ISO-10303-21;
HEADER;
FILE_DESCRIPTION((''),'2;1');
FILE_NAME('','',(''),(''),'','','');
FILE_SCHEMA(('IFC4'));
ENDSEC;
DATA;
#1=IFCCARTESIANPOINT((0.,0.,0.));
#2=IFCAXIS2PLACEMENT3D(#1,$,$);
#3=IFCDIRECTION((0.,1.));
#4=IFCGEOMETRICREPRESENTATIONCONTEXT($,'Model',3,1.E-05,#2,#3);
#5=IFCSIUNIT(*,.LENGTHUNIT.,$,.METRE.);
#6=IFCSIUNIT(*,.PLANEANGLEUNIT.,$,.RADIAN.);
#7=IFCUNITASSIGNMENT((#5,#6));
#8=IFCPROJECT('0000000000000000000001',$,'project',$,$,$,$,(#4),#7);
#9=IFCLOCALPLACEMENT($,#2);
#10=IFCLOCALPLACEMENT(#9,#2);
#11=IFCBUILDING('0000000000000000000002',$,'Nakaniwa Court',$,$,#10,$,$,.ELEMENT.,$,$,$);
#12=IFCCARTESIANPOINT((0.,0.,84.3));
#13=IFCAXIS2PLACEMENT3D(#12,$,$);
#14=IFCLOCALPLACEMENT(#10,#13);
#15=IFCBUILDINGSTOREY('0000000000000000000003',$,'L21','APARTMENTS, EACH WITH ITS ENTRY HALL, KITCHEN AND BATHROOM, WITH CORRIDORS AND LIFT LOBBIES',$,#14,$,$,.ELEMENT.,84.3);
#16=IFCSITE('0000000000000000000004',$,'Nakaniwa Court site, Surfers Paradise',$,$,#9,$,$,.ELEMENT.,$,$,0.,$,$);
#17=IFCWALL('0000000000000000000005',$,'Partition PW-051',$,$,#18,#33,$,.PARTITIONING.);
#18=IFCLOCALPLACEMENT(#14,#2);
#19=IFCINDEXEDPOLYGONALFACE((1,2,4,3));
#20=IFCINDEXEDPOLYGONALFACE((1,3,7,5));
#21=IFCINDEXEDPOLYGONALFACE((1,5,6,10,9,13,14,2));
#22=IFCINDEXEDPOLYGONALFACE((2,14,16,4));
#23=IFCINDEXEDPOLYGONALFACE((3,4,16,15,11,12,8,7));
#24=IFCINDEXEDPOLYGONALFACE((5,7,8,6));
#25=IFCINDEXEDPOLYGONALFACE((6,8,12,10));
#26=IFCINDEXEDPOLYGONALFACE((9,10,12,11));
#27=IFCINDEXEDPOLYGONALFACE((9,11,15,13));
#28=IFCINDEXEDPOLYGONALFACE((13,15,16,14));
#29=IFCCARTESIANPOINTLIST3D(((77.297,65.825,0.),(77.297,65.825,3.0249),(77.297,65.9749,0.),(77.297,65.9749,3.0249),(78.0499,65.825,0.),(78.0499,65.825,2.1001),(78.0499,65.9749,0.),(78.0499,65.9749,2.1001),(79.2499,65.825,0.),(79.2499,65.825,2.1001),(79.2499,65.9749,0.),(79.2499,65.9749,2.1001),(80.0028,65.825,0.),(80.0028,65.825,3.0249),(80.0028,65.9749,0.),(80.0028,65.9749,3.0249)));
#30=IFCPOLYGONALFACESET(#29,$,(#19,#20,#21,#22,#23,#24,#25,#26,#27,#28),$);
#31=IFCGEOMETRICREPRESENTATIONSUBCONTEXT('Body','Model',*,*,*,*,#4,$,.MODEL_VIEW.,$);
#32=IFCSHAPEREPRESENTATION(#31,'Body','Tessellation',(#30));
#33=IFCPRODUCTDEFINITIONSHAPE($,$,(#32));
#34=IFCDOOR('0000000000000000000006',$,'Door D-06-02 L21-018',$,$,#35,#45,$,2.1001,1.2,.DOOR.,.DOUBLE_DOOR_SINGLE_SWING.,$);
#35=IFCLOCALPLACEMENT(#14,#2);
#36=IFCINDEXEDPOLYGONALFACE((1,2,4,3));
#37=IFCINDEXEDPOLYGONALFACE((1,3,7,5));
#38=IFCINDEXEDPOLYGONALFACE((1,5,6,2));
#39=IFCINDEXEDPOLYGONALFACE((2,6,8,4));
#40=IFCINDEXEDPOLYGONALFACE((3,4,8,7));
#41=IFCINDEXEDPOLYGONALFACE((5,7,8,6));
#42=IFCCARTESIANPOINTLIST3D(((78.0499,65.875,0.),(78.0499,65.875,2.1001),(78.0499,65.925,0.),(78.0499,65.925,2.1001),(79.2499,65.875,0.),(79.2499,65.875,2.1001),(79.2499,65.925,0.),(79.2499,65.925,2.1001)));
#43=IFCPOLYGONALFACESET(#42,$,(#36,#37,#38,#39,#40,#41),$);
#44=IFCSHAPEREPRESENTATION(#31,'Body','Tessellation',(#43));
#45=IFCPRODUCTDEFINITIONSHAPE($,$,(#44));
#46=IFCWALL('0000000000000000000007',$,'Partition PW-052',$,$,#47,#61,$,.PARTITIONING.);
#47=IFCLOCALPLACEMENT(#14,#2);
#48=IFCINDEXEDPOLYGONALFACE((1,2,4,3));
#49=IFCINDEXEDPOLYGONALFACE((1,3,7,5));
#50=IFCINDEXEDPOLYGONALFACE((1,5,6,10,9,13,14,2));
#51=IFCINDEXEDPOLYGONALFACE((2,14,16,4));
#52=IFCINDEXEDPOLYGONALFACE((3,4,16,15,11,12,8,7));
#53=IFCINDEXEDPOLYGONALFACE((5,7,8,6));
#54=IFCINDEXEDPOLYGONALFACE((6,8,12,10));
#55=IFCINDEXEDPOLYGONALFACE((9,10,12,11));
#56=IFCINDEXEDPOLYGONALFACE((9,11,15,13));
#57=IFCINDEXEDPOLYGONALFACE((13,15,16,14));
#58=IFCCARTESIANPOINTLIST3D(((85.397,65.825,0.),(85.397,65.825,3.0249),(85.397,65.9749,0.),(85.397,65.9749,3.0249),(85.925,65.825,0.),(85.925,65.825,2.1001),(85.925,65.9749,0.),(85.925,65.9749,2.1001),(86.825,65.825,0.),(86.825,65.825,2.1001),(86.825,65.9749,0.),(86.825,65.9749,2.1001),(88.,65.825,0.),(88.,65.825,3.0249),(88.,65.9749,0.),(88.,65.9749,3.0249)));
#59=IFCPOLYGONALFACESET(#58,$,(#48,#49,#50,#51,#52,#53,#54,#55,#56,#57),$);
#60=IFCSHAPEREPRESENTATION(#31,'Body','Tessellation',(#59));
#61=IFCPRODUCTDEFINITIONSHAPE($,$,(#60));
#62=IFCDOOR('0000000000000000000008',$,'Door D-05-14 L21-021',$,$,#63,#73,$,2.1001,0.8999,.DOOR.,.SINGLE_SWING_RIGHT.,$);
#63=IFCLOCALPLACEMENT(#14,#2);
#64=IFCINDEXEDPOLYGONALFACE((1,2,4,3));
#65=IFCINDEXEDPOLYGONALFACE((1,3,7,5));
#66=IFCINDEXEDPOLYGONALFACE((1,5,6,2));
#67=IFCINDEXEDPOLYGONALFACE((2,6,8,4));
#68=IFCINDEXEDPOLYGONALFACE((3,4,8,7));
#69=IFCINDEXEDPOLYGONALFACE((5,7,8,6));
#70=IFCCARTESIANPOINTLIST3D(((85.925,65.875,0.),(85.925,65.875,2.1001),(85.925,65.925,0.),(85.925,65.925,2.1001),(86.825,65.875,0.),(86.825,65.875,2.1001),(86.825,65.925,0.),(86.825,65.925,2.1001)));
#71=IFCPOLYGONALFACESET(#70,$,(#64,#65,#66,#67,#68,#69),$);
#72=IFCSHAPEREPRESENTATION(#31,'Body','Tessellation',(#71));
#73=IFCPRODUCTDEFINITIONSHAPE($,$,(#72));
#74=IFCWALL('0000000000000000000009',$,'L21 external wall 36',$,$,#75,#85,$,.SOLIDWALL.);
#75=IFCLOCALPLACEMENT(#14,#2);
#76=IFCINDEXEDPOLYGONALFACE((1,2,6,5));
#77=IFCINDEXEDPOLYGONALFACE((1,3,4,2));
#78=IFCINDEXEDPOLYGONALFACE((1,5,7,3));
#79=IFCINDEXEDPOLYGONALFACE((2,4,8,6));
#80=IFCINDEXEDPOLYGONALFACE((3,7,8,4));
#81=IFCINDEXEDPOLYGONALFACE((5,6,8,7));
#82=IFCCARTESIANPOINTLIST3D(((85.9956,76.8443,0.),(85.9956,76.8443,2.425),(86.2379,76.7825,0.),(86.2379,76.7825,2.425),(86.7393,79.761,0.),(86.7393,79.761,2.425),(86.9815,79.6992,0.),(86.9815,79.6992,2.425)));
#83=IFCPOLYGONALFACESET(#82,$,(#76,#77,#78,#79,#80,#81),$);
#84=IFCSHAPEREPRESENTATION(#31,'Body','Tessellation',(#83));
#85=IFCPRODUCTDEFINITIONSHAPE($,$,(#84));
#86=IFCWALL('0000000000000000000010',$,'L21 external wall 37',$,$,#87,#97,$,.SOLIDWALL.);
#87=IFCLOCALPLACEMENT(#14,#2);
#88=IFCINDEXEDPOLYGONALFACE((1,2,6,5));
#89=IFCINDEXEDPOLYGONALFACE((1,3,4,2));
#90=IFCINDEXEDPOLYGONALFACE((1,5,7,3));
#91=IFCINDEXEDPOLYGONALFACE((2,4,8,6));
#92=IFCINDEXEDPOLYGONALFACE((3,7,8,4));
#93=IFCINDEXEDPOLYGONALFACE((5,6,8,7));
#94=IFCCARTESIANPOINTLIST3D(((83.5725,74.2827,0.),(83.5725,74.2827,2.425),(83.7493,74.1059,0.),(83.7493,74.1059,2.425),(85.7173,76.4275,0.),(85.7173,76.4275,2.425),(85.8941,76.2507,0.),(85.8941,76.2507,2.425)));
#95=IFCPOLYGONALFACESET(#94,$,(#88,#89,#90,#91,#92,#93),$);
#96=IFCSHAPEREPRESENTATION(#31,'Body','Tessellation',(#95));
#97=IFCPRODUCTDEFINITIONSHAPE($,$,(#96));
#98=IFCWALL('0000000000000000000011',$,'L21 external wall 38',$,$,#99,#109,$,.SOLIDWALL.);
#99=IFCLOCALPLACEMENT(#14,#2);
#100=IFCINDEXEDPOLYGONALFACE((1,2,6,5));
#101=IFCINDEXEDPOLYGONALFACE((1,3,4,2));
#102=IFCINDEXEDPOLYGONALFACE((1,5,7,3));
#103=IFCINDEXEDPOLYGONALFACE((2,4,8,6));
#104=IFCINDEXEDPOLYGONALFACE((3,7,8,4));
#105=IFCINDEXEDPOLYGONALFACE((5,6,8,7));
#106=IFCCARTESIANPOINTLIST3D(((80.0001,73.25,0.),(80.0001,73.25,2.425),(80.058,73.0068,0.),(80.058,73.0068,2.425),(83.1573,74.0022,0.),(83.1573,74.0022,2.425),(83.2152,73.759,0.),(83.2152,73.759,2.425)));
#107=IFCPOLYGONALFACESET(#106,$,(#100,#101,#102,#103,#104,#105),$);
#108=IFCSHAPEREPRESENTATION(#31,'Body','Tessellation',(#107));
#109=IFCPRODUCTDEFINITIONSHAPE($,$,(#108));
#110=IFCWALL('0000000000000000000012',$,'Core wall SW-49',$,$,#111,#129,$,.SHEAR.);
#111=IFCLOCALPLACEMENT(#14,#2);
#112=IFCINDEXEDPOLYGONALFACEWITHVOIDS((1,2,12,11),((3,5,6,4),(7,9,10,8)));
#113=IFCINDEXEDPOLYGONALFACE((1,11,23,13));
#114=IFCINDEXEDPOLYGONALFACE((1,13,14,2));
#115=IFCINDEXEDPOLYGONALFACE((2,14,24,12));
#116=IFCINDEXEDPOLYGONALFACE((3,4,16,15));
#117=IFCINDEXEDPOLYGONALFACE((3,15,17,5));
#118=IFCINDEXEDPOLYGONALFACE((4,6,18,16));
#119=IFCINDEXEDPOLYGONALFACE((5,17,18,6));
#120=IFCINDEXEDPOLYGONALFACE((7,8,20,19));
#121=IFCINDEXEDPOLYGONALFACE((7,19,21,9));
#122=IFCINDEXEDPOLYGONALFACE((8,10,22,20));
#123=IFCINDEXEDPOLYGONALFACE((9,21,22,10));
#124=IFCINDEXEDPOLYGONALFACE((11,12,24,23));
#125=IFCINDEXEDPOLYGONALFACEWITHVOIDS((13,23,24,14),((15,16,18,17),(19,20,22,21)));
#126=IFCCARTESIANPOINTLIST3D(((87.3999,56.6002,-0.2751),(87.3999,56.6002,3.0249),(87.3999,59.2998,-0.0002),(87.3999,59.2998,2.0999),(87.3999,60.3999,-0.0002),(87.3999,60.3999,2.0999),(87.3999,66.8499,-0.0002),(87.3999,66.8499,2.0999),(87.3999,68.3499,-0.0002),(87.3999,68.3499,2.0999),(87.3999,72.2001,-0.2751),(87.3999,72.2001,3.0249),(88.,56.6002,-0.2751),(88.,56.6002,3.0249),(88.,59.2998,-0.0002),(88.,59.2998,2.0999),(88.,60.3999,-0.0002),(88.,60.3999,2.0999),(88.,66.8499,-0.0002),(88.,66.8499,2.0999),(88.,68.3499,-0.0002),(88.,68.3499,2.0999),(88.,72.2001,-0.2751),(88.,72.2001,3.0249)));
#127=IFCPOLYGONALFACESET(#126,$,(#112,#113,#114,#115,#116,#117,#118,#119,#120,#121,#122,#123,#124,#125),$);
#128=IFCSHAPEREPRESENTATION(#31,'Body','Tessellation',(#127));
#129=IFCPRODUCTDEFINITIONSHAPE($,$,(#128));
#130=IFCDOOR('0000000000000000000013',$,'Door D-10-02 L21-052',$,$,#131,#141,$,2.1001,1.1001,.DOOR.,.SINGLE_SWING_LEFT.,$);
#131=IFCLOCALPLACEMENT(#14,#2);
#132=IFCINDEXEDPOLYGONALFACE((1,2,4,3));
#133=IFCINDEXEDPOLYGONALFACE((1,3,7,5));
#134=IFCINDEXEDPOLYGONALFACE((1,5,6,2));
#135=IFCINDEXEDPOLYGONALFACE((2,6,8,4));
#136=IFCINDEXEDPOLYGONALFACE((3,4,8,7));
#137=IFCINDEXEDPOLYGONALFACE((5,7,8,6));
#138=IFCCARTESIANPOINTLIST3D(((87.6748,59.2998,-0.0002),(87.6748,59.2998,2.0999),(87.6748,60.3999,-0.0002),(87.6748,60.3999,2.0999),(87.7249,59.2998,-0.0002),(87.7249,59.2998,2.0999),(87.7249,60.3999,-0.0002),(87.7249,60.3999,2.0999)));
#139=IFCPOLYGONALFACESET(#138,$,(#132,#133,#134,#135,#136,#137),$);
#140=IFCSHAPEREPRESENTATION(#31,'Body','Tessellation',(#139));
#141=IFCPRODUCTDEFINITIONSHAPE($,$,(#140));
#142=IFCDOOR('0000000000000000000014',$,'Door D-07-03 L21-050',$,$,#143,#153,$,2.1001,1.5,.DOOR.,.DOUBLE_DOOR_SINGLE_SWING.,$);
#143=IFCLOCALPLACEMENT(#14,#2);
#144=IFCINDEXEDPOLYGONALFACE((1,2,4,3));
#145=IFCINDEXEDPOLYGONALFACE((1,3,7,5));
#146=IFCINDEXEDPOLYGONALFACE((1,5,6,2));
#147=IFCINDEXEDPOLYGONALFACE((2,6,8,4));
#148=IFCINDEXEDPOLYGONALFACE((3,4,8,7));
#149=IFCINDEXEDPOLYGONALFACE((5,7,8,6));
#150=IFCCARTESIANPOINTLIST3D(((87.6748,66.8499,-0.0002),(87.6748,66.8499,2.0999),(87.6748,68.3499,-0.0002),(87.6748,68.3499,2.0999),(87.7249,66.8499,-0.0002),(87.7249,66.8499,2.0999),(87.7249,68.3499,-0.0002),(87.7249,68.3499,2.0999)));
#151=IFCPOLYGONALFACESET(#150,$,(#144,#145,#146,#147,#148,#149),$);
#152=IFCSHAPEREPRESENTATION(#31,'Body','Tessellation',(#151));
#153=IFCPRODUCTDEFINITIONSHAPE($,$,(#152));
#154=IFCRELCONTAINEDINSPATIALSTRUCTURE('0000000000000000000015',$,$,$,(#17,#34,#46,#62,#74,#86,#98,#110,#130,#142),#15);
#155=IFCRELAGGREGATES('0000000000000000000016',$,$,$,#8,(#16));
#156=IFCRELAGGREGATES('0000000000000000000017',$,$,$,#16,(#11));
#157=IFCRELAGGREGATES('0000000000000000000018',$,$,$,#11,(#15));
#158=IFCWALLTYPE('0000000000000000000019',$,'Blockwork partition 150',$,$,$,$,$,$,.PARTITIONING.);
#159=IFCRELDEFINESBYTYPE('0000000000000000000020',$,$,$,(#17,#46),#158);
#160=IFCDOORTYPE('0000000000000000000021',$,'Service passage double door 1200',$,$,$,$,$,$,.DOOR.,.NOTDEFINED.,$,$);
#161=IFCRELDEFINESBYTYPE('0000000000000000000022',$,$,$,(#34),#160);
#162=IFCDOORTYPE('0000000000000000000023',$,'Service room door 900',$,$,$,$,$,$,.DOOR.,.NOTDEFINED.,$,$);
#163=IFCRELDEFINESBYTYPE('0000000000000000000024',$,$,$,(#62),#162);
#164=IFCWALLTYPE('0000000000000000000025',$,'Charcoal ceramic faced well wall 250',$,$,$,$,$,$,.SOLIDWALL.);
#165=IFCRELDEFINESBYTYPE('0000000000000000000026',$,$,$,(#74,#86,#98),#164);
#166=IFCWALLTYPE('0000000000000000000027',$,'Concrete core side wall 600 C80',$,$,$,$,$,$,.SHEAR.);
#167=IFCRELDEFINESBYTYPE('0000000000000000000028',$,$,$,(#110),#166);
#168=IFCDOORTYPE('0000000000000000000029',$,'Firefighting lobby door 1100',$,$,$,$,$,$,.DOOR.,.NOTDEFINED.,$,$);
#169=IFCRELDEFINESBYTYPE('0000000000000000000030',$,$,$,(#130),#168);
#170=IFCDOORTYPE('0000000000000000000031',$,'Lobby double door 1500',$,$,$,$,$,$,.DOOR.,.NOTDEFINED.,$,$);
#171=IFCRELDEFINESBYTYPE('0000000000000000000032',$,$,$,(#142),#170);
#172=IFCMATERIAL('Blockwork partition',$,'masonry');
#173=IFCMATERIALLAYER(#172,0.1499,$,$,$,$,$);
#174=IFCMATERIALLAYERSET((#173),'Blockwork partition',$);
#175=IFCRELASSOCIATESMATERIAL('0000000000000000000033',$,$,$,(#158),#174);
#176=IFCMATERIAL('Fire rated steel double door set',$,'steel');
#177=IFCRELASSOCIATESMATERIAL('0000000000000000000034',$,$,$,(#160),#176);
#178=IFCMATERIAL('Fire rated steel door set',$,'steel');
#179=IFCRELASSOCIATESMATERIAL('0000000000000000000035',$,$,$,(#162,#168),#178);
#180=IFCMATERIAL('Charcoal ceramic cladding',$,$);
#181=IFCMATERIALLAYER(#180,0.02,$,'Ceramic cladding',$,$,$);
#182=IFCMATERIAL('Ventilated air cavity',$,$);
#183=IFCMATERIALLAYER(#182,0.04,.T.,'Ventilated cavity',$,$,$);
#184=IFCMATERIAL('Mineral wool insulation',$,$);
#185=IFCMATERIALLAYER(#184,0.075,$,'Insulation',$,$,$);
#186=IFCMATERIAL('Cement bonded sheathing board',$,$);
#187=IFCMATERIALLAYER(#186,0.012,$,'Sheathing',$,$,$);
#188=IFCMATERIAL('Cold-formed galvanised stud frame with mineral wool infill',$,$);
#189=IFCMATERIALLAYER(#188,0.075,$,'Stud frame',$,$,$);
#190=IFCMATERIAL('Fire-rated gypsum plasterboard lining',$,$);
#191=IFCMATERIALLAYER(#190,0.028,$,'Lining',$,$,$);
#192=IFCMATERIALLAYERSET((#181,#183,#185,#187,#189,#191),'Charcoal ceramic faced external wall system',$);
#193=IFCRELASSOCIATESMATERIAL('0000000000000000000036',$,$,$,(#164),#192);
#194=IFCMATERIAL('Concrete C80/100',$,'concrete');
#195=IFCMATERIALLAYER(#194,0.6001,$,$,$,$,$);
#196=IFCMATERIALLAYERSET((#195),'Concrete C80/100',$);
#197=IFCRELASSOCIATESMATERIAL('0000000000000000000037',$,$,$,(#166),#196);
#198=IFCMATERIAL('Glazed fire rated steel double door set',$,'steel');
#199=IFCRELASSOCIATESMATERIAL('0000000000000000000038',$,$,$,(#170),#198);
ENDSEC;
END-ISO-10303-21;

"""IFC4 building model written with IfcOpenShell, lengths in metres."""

from ifc_helpers import new_model, si_unit, direction, frame, frame_2d, origin, place, context, subcontext, project, spatial, rectangle, extrude, material, layer, layer_set, type_object, element, fill, save


model = new_model("IFC4")

# Units and contexts
model_context = context("Model", 3, precision=1e-05, world=origin(), true_north=direction((0.0, 1.0)))
body_context = subcontext(model_context, "Body", "Model", "MODEL_VIEW")
ifc_project = project(units=[si_unit("LENGTHUNIT", "METRE"), si_unit("PLANEANGLEUNIT", "RADIAN")], contexts=[model_context])

# Site, building, storey
site_placement = place(None, origin())
site = spatial("IfcSite", under=ifc_project, at=site_placement, Name="Nakaniwa Court site, Surfers Paradise", CompositionType="ELEMENT", RefElevation=0.0)
building_placement = place(site_placement, origin())
building = spatial("IfcBuilding", under=site, at=building_placement, Name="Nakaniwa Court", CompositionType="ELEMENT")
storey_placement = place(building_placement, frame((0.0, 0.0, 84.3)))
storey = spatial("IfcBuildingStorey", under=building, at=storey_placement, Name="L21", Description="APARTMENTS, EACH WITH ITS ENTRY HALL, KITCHEN AND BATHROOM, WITH CORRIDORS AND LIFT LOBBIES", CompositionType="ELEMENT", Elevation=84.3)

# Shared definitions
ifc_material_1 = material(Name="Concrete C80/100", Category="concrete")

# Walls, openings, doors
ifc_material_2 = material(Name="Blockwork partition", Category="masonry")
ifc_layer_1 = layer(ifc_material_2, 0.1499)
ifc_layer_set_1 = layer_set([ifc_layer_1], Name="Blockwork partition")
wall_type_1 = type_object("IfcWallType", Name="Blockwork partition 150", PredefinedType="PARTITIONING", material=ifc_layer_set_1)
wall_1_placement = place(storey_placement, frame((80.0029, 65.8999, 0.0), z_axis=(0.0, 0.0, 1.0), x_axis=(-1.0, 0.0, 0.0)))
wall_1 = element("IfcWall", 1, at=wall_1_placement, inside=storey, type_object=wall_type_1, Name="Partition PW-051", PredefinedType="PARTITIONING", context=body_context, shape_type="SweptSolid", body=[
    extrude(rectangle(XDim=2.7058, YDim=0.1499, at=frame_2d((1.353, 0.0))), origin(), (0.0, 0.0, 1.0), 3.0249),
])
opening_1_placement = place(wall_1_placement, frame((0.7529, 0.0, 0.0)))
opening_1 = element("IfcOpeningElement", 2, at=opening_1_placement, cuts=wall_1, PredefinedType="OPENING", context=body_context, shape_type="SweptSolid", body=[
    extrude(rectangle(XDim=1.2, YDim=2.1001, at=frame_2d((0.6001, 1.05))), frame((0.0, 0.085, 0.0), z_axis=(0.0, -1.0, 0.0), x_axis=(1.0, 0.0, 0.0)), (0.0, 0.0, 1.0), 0.1699),
])
ifc_material_3 = material(Name="Fire rated steel double door set", Category="steel")
door_type_1 = type_object("IfcDoorType", Name="Service passage double door 1200", OperationType="NOTDEFINED", PredefinedType="DOOR", material=ifc_material_3)
door_1_placement = place(opening_1_placement, origin())
door_1 = element("IfcDoor", 3, at=door_1_placement, inside=storey, type_object=door_type_1, Name="Door D-06-02 L21-018", OperationType="DOUBLE_DOOR_SINGLE_SWING", OverallHeight=2.1001, OverallWidth=1.2, PredefinedType="DOOR", context=body_context, shape_type="SweptSolid", body=[
    extrude(rectangle(XDim=1.2, YDim=2.1001, at=frame_2d((0.6001, 1.05))), frame((0.0, 0.0249, 0.0), z_axis=(0.0, -1.0, 0.0), x_axis=(1.0, 0.0, 0.0)), (0.0, 0.0, 1.0), 0.05),
])
fill(opening_1, door_1)
wall_2_placement = place(storey_placement, frame((88.0, 65.8999, 0.0), z_axis=(0.0, 0.0, 1.0), x_axis=(-1.0, 0.0, 0.0)))
wall_2 = element("IfcWall", 4, at=wall_2_placement, inside=storey, type_object=wall_type_1, Name="Partition PW-052", PredefinedType="PARTITIONING", context=body_context, shape_type="SweptSolid", body=[
    extrude(rectangle(XDim=2.603, YDim=0.1499, at=frame_2d((1.3015, 0.0))), origin(), (0.0, 0.0, 1.0), 3.0249),
])
opening_2_placement = place(wall_2_placement, frame((1.175, 0.0, 0.0)))
opening_2 = element("IfcOpeningElement", 5, at=opening_2_placement, cuts=wall_2, PredefinedType="OPENING", context=body_context, shape_type="SweptSolid", body=[
    extrude(rectangle(XDim=0.8999, YDim=2.1001, at=frame_2d((0.45, 1.05))), frame((0.0, 0.085, 0.0), z_axis=(0.0, -1.0, 0.0), x_axis=(1.0, 0.0, 0.0)), (0.0, 0.0, 1.0), 0.1699),
])
ifc_material_4 = material(Name="Fire rated steel door set", Category="steel")
door_type_2 = type_object("IfcDoorType", Name="Service room door 900", OperationType="NOTDEFINED", PredefinedType="DOOR", material=ifc_material_4)
door_2_placement = place(opening_2_placement, origin())
door_2 = element("IfcDoor", 6, at=door_2_placement, inside=storey, type_object=door_type_2, Name="Door D-05-14 L21-021", OperationType="SINGLE_SWING_RIGHT", OverallHeight=2.1001, OverallWidth=0.8999, PredefinedType="DOOR", context=body_context, shape_type="SweptSolid", body=[
    extrude(rectangle(XDim=0.8999, YDim=2.1001, at=frame_2d((0.45, 1.05))), frame((0.0, 0.0249, 0.0), z_axis=(0.0, -1.0, 0.0), x_axis=(1.0, 0.0, 0.0)), (0.0, 0.0, 1.0), 0.05),
])
fill(opening_2, door_2)

# Walls
ifc_material_5 = material(Name="Charcoal ceramic cladding")
ifc_layer_2 = layer(ifc_material_5, 0.02, Name="Ceramic cladding")
ifc_material_6 = material(Name="Ventilated air cavity")
ifc_layer_3 = layer(ifc_material_6, 0.04, ventilated=True, Name="Ventilated cavity")
ifc_material_7 = material(Name="Mineral wool insulation")
ifc_layer_4 = layer(ifc_material_7, 0.075, Name="Insulation")
ifc_material_8 = material(Name="Cement bonded sheathing board")
ifc_layer_5 = layer(ifc_material_8, 0.012, Name="Sheathing")
ifc_material_9 = material(Name="Cold-formed galvanised stud frame with mineral wool infill")
ifc_layer_6 = layer(ifc_material_9, 0.075, Name="Stud frame")
ifc_material_10 = material(Name="Fire-rated gypsum plasterboard lining")
ifc_layer_7 = layer(ifc_material_10, 0.028, Name="Lining")
ifc_layer_set_2 = layer_set([ifc_layer_2, ifc_layer_3, ifc_layer_4, ifc_layer_5, ifc_layer_6, ifc_layer_7], Name="Charcoal ceramic faced external wall system")
wall_type_2 = type_object("IfcWallType", Name="Charcoal ceramic faced well wall 250", PredefinedType="SOLIDWALL", material=ifc_layer_set_2)
wall_3_placement = place(storey_placement, frame((86.8604, 79.73, 0.0), z_axis=(0.0, 0.0, 1.0), x_axis=(-0.247056, -0.969001, 0.0)))
element("IfcWall", 7, at=wall_3_placement, inside=storey, type_object=wall_type_2, Name="L21 external wall 36", PredefinedType="SOLIDWALL", context=body_context, shape_type="SweptSolid", body=[
    extrude(rectangle(XDim=3.01, YDim=0.25, at=frame_2d((1.5049, 0.0))), origin(), (0.0, 0.0, 1.0), 2.425),
])
wall_4_placement = place(storey_placement, frame((85.8057, 76.3391, 0.0), z_axis=(0.0, 0.0, 1.0), x_axis=(-0.707107, -0.707107, 0.0)))
element("IfcWall", 8, at=wall_4_placement, inside=storey, type_object=wall_type_2, Name="L21 external wall 37", PredefinedType="SOLIDWALL", context=body_context, shape_type="SweptSolid", body=[
    extrude(rectangle(XDim=3.0332, YDim=0.25, at=frame_2d((1.5166, 0.0))), origin(), (0.0, 0.0, 1.0), 2.425),
])
wall_5_placement = place(storey_placement, frame((83.1863, 73.8806, 0.0), z_axis=(0.0, 0.0, 1.0), x_axis=(-0.972773, -0.23176, 0.0)))
element("IfcWall", 9, at=wall_5_placement, inside=storey, type_object=wall_type_2, Name="L21 external wall 38", PredefinedType="SOLIDWALL", context=body_context, shape_type="SweptSolid", body=[
    extrude(rectangle(XDim=3.2456, YDim=0.25, at=frame_2d((1.6228, 0.0))), origin(), (0.0, 0.0, 1.0), 2.425),
])

# Wall, openings, doors
ifc_layer_8 = layer(ifc_material_1, 0.6001)
ifc_layer_set_3 = layer_set([ifc_layer_8], Name="Concrete C80/100")
wall_type_3 = type_object("IfcWallType", Name="Concrete core side wall 600 C80", PredefinedType="SHEAR", material=ifc_layer_set_3)
wall_6_placement = place(storey_placement, frame((87.7, 72.2, -0.2751), z_axis=(0.0, 0.0, 1.0), x_axis=(0.0, -1.0, 0.0)))
wall_6 = element("IfcWall", 10, at=wall_6_placement, inside=storey, type_object=wall_type_3, Name="Core wall SW-49", PredefinedType="SHEAR", context=body_context, shape_type="SweptSolid", body=[
    extrude(rectangle(XDim=15.5999, YDim=0.6001, at=frame_2d((7.7998, 0.0))), origin(), (0.0, 0.0, 1.0), 3.3),
])
opening_3_placement = place(wall_6_placement, frame((3.8501, 0.0, 0.2749)))
opening_3 = element("IfcOpeningElement", 11, at=opening_3_placement, cuts=wall_6, PredefinedType="OPENING", context=body_context, shape_type="SweptSolid", body=[
    extrude(rectangle(XDim=1.5, YDim=2.1001, at=frame_2d((0.75, 1.05))), frame((0.0, 0.3101, 0.0), z_axis=(0.0, -1.0, 0.0), x_axis=(1.0, 0.0, 0.0)), (0.0, 0.0, 1.0), 0.6201),
])
opening_4_placement = place(wall_6_placement, frame((11.8, 0.0, 0.2749)))
opening_4 = element("IfcOpeningElement", 12, at=opening_4_placement, cuts=wall_6, PredefinedType="OPENING", context=body_context, shape_type="SweptSolid", body=[
    extrude(rectangle(XDim=1.1001, YDim=2.1001, at=frame_2d((0.55, 1.05))), frame((0.0, 0.3101, 0.0), z_axis=(0.0, -1.0, 0.0), x_axis=(1.0, 0.0, 0.0)), (0.0, 0.0, 1.0), 0.6201),
])
door_type_3 = type_object("IfcDoorType", Name="Firefighting lobby door 1100", OperationType="NOTDEFINED", PredefinedType="DOOR", material=ifc_material_4)
door_3_placement = place(opening_4_placement, origin())
door_3 = element("IfcDoor", 13, at=door_3_placement, inside=storey, type_object=door_type_3, Name="Door D-10-02 L21-052", OperationType="SINGLE_SWING_LEFT", OverallHeight=2.1001, OverallWidth=1.1001, PredefinedType="DOOR", context=body_context, shape_type="SweptSolid", body=[
    extrude(rectangle(XDim=1.1001, YDim=2.1001, at=frame_2d((0.55, 1.05))), frame((0.0, 0.0249, 0.0), z_axis=(0.0, -1.0, 0.0), x_axis=(1.0, 0.0, 0.0)), (0.0, 0.0, 1.0), 0.05),
])
fill(opening_4, door_3)
ifc_material_11 = material(Name="Glazed fire rated steel double door set", Category="steel")
door_type_4 = type_object("IfcDoorType", Name="Lobby double door 1500", OperationType="NOTDEFINED", PredefinedType="DOOR", material=ifc_material_11)
door_4_placement = place(opening_3_placement, origin())
door_4 = element("IfcDoor", 14, at=door_4_placement, inside=storey, type_object=door_type_4, Name="Door D-07-03 L21-050", OperationType="DOUBLE_DOOR_SINGLE_SWING", OverallHeight=2.1001, OverallWidth=1.5, PredefinedType="DOOR", context=body_context, shape_type="SweptSolid", body=[
    extrude(rectangle(XDim=1.5, YDim=2.1001, at=frame_2d((0.75, 1.05))), frame((0.0, 0.0249, 0.0), z_axis=(0.0, -1.0, 0.0), x_axis=(1.0, 0.0, 0.0)), (0.0, 0.0, 1.0), 0.05),
])
fill(opening_3, door_4)

save(model, "model.ifc")
